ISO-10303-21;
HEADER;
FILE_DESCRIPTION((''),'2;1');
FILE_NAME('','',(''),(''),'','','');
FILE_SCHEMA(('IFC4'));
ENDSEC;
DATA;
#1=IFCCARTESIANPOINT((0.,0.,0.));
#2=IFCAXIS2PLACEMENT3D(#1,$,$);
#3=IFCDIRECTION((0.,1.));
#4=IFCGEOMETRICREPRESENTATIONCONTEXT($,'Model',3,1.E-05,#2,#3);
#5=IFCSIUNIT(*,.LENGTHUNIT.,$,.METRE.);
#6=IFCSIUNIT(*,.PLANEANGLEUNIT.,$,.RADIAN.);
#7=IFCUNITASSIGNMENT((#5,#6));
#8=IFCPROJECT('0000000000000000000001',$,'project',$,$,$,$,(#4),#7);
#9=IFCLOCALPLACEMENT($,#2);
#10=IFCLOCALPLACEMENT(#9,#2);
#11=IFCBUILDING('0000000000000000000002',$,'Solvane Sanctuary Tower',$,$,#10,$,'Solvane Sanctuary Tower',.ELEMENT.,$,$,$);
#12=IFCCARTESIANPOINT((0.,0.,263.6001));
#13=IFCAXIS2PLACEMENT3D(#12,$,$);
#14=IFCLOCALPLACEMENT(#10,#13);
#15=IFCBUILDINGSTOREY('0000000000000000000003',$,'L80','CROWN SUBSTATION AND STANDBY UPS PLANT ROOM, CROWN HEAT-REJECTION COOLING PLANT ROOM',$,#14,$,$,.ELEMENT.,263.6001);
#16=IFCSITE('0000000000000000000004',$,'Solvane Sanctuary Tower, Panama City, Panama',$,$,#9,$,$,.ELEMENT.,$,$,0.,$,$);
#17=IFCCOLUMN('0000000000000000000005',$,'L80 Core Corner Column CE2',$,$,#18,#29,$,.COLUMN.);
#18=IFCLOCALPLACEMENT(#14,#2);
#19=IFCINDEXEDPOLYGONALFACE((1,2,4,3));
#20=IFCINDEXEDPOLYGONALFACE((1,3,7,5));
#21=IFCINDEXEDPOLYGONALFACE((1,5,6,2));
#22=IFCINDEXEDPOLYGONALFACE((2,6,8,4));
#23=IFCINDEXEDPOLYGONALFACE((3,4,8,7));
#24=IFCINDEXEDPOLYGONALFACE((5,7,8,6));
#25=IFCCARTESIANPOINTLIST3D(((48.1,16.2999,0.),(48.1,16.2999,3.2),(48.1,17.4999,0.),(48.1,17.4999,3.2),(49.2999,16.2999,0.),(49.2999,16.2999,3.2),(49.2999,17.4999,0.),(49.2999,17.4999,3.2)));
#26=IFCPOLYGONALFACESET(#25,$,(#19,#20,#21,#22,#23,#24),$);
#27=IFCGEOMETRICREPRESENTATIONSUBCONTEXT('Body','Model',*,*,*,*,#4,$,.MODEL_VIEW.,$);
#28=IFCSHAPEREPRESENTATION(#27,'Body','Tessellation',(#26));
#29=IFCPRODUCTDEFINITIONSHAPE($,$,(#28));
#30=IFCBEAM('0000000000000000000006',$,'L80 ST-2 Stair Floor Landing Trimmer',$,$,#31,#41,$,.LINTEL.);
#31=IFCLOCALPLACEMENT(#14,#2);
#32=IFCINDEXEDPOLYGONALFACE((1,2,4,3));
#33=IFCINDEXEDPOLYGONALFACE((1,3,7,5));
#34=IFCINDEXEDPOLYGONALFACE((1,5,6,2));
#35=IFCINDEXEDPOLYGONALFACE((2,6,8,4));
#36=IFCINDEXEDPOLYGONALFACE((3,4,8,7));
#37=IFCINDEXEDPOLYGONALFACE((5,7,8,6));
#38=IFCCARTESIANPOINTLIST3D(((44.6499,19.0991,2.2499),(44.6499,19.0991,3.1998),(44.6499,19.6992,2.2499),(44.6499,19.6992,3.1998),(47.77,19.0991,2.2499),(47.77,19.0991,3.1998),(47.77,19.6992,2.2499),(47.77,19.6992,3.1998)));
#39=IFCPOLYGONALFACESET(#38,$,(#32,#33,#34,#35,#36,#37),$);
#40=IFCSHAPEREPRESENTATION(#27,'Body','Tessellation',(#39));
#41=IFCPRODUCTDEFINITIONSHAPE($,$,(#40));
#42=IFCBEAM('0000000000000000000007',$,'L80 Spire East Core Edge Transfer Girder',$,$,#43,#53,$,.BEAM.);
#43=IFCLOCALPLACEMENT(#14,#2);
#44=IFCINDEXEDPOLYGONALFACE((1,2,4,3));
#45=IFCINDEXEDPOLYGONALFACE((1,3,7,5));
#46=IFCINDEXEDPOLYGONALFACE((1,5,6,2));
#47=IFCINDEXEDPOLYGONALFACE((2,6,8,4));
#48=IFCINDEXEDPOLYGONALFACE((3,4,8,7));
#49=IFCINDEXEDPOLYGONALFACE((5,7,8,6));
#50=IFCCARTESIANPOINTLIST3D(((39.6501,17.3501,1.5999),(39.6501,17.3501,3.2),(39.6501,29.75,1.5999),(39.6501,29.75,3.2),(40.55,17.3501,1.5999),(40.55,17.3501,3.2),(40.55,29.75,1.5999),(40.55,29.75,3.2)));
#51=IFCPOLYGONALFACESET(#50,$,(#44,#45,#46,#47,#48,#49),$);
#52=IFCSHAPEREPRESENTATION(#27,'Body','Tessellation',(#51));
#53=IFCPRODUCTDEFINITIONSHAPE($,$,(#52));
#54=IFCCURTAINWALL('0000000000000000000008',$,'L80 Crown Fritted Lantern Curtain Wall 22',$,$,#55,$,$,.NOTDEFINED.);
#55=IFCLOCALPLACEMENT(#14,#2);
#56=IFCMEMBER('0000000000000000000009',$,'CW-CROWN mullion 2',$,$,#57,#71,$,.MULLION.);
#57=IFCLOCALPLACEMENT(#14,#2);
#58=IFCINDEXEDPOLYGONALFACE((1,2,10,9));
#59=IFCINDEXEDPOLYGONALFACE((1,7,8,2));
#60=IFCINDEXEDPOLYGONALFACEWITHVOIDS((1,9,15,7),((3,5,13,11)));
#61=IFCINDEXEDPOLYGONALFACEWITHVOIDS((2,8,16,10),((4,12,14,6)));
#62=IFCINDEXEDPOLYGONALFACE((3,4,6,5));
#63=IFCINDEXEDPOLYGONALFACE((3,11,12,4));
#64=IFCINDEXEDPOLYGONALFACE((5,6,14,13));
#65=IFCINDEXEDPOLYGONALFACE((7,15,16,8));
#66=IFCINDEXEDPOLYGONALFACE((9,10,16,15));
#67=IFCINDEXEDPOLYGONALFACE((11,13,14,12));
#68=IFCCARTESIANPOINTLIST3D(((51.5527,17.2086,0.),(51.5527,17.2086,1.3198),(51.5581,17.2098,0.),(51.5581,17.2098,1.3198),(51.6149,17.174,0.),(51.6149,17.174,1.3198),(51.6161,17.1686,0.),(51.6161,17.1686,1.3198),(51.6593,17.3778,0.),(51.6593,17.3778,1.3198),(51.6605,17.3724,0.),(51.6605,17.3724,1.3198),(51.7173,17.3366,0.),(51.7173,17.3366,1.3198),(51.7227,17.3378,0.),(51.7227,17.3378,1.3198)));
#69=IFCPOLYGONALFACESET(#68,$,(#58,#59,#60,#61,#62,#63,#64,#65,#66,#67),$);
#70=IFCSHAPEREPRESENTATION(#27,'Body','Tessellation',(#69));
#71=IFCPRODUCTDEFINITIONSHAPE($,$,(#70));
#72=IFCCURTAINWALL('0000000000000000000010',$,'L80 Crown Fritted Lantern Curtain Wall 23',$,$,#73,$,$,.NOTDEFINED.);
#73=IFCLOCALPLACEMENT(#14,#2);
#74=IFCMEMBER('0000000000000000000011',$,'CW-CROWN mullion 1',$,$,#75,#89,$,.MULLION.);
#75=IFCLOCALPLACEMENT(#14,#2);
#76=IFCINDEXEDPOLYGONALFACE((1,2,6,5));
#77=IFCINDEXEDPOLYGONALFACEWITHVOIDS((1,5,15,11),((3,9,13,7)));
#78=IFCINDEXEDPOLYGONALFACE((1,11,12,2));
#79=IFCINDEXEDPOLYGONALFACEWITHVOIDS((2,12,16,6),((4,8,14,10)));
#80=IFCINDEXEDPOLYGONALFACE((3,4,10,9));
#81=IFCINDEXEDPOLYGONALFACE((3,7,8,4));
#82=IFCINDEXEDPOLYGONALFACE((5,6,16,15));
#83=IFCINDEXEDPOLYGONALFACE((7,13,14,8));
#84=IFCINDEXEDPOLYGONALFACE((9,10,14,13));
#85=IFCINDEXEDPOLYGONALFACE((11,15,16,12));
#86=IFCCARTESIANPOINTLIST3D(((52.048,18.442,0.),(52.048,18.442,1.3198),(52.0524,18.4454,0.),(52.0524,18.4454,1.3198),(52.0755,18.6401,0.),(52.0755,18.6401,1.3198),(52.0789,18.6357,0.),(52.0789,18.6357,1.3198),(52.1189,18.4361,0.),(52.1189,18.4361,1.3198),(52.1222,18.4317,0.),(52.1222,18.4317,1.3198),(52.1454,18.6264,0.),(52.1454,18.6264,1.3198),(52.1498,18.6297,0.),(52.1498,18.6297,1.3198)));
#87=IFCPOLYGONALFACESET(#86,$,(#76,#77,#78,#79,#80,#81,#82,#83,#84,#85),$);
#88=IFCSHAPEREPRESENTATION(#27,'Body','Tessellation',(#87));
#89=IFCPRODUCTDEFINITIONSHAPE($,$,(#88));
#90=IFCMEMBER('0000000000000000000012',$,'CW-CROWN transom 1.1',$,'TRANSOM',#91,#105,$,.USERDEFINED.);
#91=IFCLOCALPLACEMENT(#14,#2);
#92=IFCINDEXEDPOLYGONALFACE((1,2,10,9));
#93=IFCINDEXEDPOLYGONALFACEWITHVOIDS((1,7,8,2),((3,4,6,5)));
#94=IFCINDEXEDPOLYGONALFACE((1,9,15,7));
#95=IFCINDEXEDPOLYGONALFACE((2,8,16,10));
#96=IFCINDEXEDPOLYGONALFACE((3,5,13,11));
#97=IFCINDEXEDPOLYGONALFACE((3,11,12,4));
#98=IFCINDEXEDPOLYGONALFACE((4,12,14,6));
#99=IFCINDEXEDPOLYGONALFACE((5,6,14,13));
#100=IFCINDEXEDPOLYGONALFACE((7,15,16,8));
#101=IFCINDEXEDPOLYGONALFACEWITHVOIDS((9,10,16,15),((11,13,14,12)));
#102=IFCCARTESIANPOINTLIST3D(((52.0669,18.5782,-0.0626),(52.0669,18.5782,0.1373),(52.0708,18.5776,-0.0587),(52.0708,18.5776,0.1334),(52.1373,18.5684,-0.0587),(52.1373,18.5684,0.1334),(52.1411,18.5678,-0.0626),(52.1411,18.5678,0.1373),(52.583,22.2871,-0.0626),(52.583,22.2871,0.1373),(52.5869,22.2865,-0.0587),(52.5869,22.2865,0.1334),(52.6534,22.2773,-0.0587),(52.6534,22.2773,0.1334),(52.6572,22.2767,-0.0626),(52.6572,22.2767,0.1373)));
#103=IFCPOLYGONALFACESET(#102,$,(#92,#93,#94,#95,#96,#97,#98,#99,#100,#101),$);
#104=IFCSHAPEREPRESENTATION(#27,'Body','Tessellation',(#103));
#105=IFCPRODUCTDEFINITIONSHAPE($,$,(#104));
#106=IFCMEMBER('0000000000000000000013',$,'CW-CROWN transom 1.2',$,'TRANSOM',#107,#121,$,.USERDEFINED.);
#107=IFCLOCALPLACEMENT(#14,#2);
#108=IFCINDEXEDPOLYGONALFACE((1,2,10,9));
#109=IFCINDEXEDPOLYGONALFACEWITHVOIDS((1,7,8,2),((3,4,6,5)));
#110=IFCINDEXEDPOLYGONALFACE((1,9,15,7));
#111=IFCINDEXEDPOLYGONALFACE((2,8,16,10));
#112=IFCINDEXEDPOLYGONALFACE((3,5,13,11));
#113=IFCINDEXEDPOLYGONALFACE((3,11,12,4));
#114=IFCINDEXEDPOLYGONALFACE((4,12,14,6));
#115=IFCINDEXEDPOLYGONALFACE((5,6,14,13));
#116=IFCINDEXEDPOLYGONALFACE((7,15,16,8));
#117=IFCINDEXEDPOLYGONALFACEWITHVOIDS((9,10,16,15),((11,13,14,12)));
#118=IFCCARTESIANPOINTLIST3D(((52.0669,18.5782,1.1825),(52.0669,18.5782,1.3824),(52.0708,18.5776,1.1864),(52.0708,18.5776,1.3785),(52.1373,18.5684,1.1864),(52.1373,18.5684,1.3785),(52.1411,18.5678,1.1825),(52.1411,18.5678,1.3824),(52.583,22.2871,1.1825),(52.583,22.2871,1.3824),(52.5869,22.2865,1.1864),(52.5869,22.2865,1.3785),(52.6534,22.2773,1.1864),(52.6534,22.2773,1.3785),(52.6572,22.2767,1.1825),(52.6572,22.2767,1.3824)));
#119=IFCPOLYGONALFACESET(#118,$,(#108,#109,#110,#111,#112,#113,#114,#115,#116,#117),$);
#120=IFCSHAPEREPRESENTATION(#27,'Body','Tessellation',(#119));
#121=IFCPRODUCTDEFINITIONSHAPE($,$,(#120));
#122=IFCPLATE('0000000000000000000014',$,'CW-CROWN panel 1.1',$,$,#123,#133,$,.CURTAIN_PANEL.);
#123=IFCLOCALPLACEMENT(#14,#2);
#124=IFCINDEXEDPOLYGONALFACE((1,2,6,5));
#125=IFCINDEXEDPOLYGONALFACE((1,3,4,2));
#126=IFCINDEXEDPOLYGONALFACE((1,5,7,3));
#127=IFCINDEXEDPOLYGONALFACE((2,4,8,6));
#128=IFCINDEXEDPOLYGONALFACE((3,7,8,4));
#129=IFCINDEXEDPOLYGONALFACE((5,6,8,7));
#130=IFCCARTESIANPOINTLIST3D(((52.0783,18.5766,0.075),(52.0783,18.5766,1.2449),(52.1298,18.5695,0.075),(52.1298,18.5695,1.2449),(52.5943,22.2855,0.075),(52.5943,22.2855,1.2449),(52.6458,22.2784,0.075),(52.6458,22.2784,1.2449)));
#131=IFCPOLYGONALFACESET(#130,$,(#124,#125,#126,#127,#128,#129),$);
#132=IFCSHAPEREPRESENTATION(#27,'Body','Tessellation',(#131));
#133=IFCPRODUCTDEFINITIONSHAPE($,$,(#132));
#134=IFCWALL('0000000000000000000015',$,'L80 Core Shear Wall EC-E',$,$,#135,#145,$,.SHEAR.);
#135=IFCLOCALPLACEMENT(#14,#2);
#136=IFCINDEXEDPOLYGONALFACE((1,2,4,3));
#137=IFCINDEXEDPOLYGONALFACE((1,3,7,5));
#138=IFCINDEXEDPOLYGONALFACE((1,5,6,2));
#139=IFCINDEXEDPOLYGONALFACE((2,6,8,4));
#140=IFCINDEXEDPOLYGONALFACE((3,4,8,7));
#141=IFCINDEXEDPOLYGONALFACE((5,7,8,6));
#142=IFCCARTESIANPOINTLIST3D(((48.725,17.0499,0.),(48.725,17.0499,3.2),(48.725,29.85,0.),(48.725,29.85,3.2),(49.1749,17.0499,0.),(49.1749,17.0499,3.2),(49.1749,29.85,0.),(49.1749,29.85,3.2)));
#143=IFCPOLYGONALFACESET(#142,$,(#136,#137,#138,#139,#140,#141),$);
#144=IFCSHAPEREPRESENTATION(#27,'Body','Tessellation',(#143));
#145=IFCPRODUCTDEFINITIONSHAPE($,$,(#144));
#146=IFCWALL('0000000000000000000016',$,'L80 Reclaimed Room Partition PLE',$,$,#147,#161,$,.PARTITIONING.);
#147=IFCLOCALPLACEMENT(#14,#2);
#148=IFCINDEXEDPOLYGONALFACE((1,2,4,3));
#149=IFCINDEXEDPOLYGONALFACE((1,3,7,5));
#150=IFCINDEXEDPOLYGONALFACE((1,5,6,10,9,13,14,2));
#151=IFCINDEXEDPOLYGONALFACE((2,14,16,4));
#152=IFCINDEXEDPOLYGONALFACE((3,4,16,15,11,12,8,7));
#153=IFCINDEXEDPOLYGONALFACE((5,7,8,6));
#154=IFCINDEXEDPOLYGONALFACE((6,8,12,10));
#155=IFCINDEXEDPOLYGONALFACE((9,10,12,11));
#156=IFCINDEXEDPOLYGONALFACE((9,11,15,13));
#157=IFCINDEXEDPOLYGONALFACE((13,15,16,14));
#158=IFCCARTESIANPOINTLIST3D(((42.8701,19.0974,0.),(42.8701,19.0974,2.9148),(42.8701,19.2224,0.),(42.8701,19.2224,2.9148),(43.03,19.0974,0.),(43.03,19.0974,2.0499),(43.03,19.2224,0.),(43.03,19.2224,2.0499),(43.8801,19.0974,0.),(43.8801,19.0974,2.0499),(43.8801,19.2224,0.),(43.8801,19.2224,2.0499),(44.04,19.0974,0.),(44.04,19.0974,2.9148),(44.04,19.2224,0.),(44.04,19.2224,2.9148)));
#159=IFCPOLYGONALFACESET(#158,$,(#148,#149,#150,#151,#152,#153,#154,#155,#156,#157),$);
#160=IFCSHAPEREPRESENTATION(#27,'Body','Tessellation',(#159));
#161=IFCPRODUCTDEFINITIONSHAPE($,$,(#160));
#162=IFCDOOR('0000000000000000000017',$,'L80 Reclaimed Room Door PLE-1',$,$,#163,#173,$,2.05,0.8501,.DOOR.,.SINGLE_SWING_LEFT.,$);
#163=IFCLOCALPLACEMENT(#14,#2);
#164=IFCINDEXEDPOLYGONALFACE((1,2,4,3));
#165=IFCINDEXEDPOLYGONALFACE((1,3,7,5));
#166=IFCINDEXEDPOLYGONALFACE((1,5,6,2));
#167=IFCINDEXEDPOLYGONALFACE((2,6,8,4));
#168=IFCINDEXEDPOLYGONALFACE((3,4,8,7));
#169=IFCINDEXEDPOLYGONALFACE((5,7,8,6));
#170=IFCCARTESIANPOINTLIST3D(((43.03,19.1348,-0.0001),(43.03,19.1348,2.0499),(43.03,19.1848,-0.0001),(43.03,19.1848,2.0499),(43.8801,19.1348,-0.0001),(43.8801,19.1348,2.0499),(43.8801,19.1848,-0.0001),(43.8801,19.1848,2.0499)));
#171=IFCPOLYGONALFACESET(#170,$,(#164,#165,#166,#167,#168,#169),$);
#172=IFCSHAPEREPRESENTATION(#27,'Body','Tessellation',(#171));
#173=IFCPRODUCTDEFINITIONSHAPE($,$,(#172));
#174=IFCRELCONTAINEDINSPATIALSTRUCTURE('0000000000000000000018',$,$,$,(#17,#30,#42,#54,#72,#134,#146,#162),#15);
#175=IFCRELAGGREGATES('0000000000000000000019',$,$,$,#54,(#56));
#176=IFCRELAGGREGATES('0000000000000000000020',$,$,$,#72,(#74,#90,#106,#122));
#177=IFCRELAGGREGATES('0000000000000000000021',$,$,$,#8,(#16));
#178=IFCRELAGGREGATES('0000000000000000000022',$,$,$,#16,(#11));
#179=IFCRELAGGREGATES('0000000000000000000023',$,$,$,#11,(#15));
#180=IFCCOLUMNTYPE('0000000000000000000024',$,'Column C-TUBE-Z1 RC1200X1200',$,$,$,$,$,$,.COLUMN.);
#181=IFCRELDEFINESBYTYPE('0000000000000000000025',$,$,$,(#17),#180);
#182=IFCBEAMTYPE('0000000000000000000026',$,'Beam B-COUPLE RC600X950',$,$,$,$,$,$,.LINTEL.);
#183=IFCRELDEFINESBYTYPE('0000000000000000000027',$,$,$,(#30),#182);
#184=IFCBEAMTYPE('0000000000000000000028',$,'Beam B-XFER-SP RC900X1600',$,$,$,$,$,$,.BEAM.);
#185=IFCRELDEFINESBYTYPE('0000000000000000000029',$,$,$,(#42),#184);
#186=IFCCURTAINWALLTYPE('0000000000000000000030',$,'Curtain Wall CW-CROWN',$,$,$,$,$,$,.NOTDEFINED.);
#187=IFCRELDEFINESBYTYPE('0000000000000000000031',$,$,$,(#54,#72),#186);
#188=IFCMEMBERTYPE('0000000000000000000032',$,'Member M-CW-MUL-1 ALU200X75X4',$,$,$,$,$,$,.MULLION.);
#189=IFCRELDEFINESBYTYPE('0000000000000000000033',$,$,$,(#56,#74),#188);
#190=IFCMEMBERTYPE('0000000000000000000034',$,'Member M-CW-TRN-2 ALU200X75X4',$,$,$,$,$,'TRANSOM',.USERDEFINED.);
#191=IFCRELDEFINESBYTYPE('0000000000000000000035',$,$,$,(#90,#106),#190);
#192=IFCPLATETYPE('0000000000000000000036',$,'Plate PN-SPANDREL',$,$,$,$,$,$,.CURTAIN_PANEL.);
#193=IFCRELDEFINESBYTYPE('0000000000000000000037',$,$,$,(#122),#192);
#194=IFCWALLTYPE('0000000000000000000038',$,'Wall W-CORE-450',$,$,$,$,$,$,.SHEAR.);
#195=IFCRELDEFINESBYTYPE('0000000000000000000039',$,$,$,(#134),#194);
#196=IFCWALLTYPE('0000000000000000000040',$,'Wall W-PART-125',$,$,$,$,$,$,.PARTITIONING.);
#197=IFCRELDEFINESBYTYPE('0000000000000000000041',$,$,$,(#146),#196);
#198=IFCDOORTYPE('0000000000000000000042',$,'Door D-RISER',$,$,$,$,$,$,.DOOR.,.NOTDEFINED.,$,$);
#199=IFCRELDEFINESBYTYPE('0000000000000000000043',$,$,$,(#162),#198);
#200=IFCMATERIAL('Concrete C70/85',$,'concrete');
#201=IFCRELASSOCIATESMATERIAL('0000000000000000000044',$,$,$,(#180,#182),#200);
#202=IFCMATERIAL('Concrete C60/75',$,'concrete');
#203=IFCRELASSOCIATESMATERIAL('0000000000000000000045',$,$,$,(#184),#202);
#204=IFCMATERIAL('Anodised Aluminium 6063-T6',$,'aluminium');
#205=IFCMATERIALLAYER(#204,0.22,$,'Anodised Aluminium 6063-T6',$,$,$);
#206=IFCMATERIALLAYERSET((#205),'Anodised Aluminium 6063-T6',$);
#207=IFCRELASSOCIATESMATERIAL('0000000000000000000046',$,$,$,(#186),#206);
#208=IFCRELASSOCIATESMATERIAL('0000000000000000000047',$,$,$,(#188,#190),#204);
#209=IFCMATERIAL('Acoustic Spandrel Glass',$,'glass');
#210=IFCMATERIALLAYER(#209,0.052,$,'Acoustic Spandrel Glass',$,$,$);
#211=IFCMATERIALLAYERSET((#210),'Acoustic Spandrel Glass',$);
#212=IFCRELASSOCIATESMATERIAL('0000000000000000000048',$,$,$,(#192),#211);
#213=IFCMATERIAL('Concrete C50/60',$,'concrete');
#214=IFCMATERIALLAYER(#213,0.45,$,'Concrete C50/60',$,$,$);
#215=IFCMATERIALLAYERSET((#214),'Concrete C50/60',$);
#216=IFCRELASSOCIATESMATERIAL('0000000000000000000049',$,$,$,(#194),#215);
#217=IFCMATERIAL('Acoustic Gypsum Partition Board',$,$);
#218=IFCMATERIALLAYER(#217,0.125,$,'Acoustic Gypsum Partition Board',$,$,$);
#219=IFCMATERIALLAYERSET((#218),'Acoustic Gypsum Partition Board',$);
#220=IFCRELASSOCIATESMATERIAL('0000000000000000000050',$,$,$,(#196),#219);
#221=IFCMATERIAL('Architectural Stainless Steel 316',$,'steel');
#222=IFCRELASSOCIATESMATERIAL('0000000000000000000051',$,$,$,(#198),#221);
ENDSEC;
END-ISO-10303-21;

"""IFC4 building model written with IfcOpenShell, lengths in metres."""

from ifc_helpers import new_model, si_unit, direction, frame, frame_2d, origin, origin_2d, place, context, subcontext, project, spatial, rectangle, hollow_rectangle, extrude, material, layer, layer_set, material_profile, profile_set, type_object, element, fill, aggregate, save


model = new_model("IFC4")

# Units and contexts
model_context = context("Model", 3, precision=1e-05, world=origin(), true_north=direction((0.0, 1.0)))
body_context = subcontext(model_context, "Body", "Model", "MODEL_VIEW")
ifc_project = project(units=[si_unit("LENGTHUNIT", "METRE"), si_unit("PLANEANGLEUNIT", "RADIAN")], contexts=[model_context])

# Site, building, storey
site_placement = place(None, origin())
site = spatial("IfcSite", under=ifc_project, at=site_placement, Name="Solvane Sanctuary Tower, Panama City, Panama", CompositionType="ELEMENT", RefElevation=0.0)
building_placement = place(site_placement, origin())
building = spatial("IfcBuilding", under=site, at=building_placement, Name="Solvane Sanctuary Tower", LongName="Solvane Sanctuary Tower", CompositionType="ELEMENT")
storey_placement = place(building_placement, frame((0.0, 0.0, 263.6001)))
storey = spatial("IfcBuildingStorey", under=building, at=storey_placement, Name="L80", Description="CROWN SUBSTATION AND STANDBY UPS PLANT ROOM, CROWN HEAT-REJECTION COOLING PLANT ROOM", CompositionType="ELEMENT", Elevation=263.6001)

# Column
ifc_material_1 = material(Name="Concrete C70/85", Category="concrete")
ifc_material_profile_1 = material_profile(ifc_material_1, rectangle(XDim=1.2, YDim=1.2, at=origin_2d()), Name="RC1200X1200")
ifc_profile_set_1 = profile_set([ifc_material_profile_1], Name="Concrete C70/85")
column_type = type_object("IfcColumnType", Name="Column C-TUBE-Z1 RC1200X1200", PredefinedType="COLUMN", material=ifc_profile_set_1)
column_placement = place(storey_placement, frame((48.7, 16.8999, 0.0), z_axis=(0.0, 0.0, 1.0), x_axis=(1.0, 0.0, 0.0)))
element("IfcColumn", 1, at=column_placement, inside=storey, type_object=column_type, Name="L80 Core Corner Column CE2", PredefinedType="COLUMN", context=body_context, shape_type="SweptSolid", body=[
    extrude(rectangle(XDim=1.2, YDim=1.2, at=origin_2d()), origin(), (0.0, 0.0, 1.0), 3.2),
])

# Beams
ifc_material_profile_2 = material_profile(ifc_material_1, rectangle(XDim=0.6001, YDim=0.95, at=origin_2d()), Name="RC600X950")
ifc_profile_set_2 = profile_set([ifc_material_profile_2], Name="Concrete C70/85")
beam_type_1 = type_object("IfcBeamType", Name="Beam B-COUPLE RC600X950", PredefinedType="LINTEL", material=ifc_profile_set_2)
beam_1_placement = place(storey_placement, frame((44.6499, 19.3992, 2.7249), z_axis=(1.0, 0.0, 0.0), x_axis=(0.0, 1.0, 0.0)))
element("IfcBeam", 2, at=beam_1_placement, inside=storey, type_object=beam_type_1, Name="L80 ST-2 Stair Floor Landing Trimmer", PredefinedType="LINTEL", context=body_context, shape_type="SweptSolid", body=[
    extrude(rectangle(XDim=0.6001, YDim=0.95, at=origin_2d()), origin(), (0.0, 0.0, 1.0), 3.1201),
])
ifc_material_2 = material(Name="Concrete C60/75", Category="concrete")
ifc_material_profile_3 = material_profile(ifc_material_2, rectangle(XDim=0.8999, YDim=1.6001, at=origin_2d()), Name="RC900X1600")
ifc_profile_set_3 = profile_set([ifc_material_profile_3], Name="Concrete C60/75")
beam_type_2 = type_object("IfcBeamType", Name="Beam B-XFER-SP RC900X1600", PredefinedType="BEAM", material=ifc_profile_set_3)
beam_2_placement = place(storey_placement, frame((40.1001, 17.3501, 2.3999), z_axis=(0.0, 1.0, 0.0), x_axis=(-1.0, 0.0, 0.0)))
element("IfcBeam", 3, at=beam_2_placement, inside=storey, type_object=beam_type_2, Name="L80 Spire East Core Edge Transfer Girder", PredefinedType="BEAM", context=body_context, shape_type="SweptSolid", body=[
    extrude(rectangle(XDim=0.8999, YDim=1.6001, at=origin_2d()), origin(), (0.0, 0.0, 1.0), 12.3999),
])

# Curtain wall, member
ifc_material_3 = material(Name="Anodised Aluminium 6063-T6", Category="aluminium")
ifc_layer_1 = layer(ifc_material_3, 0.22, Name="Anodised Aluminium 6063-T6")
ifc_layer_set_1 = layer_set([ifc_layer_1], Name="Anodised Aluminium 6063-T6")
curtain_wall_type = type_object("IfcCurtainWallType", Name="Curtain Wall CW-CROWN", PredefinedType="NOTDEFINED", material=ifc_layer_set_1)
curtain_wall_1_placement = place(storey_placement, origin())
curtain_wall_1 = element("IfcCurtainWall", 4, at=curtain_wall_1_placement, inside=storey, type_object=curtain_wall_type, Name="L80 Crown Fritted Lantern Curtain Wall 22", PredefinedType="NOTDEFINED")
ifc_material_profile_4 = material_profile(ifc_material_3, hollow_rectangle(XDim=0.075, YDim=0.2, WallThickness=0.0039, at=origin_2d()), Name="ALU200X75X4")
ifc_profile_set_4 = profile_set([ifc_material_profile_4], Name="Anodised Aluminium 6063-T6")
member_type_1 = type_object("IfcMemberType", Name="Member M-CW-MUL-1 ALU200X75X4", PredefinedType="MULLION", material=ifc_profile_set_4)
member_1_placement = place(storey_placement, frame((51.6377, 17.2732, 0.0), z_axis=(0.0, 0.0, 1.0), x_axis=(-0.846087, 0.533045, 0.0)))
member_1 = element("IfcMember", 5, at=member_1_placement, type_object=member_type_1, Name="CW-CROWN mullion 2", PredefinedType="MULLION", context=body_context, shape_type="SweptSolid", body=[
    extrude(hollow_rectangle(XDim=0.075, YDim=0.2, WallThickness=0.0039, at=origin_2d()), origin(), (0.0, 0.0, 1.0), 1.3198),
])
aggregate(curtain_wall_1, [member_1])

# Curtain wall, members, plate
curtain_wall_2_placement = place(storey_placement, origin())
curtain_wall_2 = element("IfcCurtainWall", 6, at=curtain_wall_2_placement, inside=storey, type_object=curtain_wall_type, Name="L80 Crown Fritted Lantern Curtain Wall 23", PredefinedType="NOTDEFINED")
member_2_placement = place(storey_placement, frame((52.0989, 18.5359, 0.0), z_axis=(0.0, 0.0, 1.0), x_axis=(-0.990459, 0.137808, 0.0)))
member_2 = element("IfcMember", 7, at=member_2_placement, type_object=member_type_1, Name="CW-CROWN mullion 1", PredefinedType="MULLION", context=body_context, shape_type="SweptSolid", body=[
    extrude(hollow_rectangle(XDim=0.075, YDim=0.2, WallThickness=0.0039, at=origin_2d()), origin(), (0.0, 0.0, 1.0), 1.3198),
])
ifc_material_profile_5 = material_profile(ifc_material_3, hollow_rectangle(XDim=0.075, YDim=0.2, WallThickness=0.0039, at=origin_2d()), Name="ALU200X75X4")
ifc_profile_set_5 = profile_set([ifc_material_profile_5], Name="Anodised Aluminium 6063-T6")
member_type_2 = type_object("IfcMemberType", Name="Member M-CW-TRN-2 ALU200X75X4", ElementType="TRANSOM", PredefinedType="USERDEFINED", material=ifc_profile_set_5)
member_3_placement = place(storey_placement, frame((52.104, 18.573, 0.0374), z_axis=(0.137824, 0.990457, 0.0), x_axis=(-0.990457, 0.137824, 0.0)))
member_3 = element("IfcMember", 8, at=member_3_placement, type_object=member_type_2, Name="CW-CROWN transom 1.1", ObjectType="TRANSOM", PredefinedType="USERDEFINED", context=body_context, shape_type="SweptSolid", body=[
    extrude(hollow_rectangle(XDim=0.075, YDim=0.2, WallThickness=0.0039, at=origin_2d()), origin(), (0.0, 0.0, 1.0), 3.7446),
])
member_4_placement = place(storey_placement, frame((52.104, 18.573, 1.2825), z_axis=(0.137824, 0.990457, 0.0), x_axis=(-0.990457, 0.137824, 0.0)))
member_4 = element("IfcMember", 9, at=member_4_placement, type_object=member_type_2, Name="CW-CROWN transom 1.2", ObjectType="TRANSOM", PredefinedType="USERDEFINED", context=body_context, shape_type="SweptSolid", body=[
    extrude(hollow_rectangle(XDim=0.075, YDim=0.2, WallThickness=0.0039, at=origin_2d()), origin(), (0.0, 0.0, 1.0), 3.7446),
])
ifc_material_4 = material(Name="Acoustic Spandrel Glass", Category="glass")
ifc_layer_2 = layer(ifc_material_4, 0.052, Name="Acoustic Spandrel Glass")
ifc_layer_set_2 = layer_set([ifc_layer_2], Name="Acoustic Spandrel Glass")
plate_type = type_object("IfcPlateType", Name="Plate PN-SPANDREL", PredefinedType="CURTAIN_PANEL", material=ifc_layer_set_2)
plate_placement = place(storey_placement, frame((52.3621, 20.4275, 0.075), z_axis=(0.0, 0.0, 1.0), x_axis=(0.137808, 0.990459, 0.0)))
plate = element("IfcPlate", 10, at=plate_placement, type_object=plate_type, Name="CW-CROWN panel 1.1", PredefinedType="CURTAIN_PANEL", context=body_context, shape_type="SweptSolid", body=[
    extrude(rectangle(XDim=3.7446, YDim=0.052, at=origin_2d()), origin(), (0.0, 0.0, 1.0), 1.1699),
])
aggregate(curtain_wall_2, [member_2, member_3, member_4, plate])

# Wall
ifc_material_5 = material(Name="Concrete C50/60", Category="concrete")
ifc_layer_3 = layer(ifc_material_5, 0.45, Name="Concrete C50/60")
ifc_layer_set_3 = layer_set([ifc_layer_3], Name="Concrete C50/60")
wall_type_1 = type_object("IfcWallType", Name="Wall W-CORE-450", PredefinedType="SHEAR", material=ifc_layer_set_3)
wall_1_placement = place(storey_placement, frame((48.95, 17.05, 0.0), z_axis=(0.0, 0.0, 1.0), x_axis=(0.0, 1.0, 0.0)))
element("IfcWall", 11, at=wall_1_placement, inside=storey, type_object=wall_type_1, Name="L80 Core Shear Wall EC-E", PredefinedType="SHEAR", context=body_context, shape_type="SweptSolid", body=[
    extrude(rectangle(XDim=12.8, YDim=0.45, at=frame_2d((6.3999, 0.0))), origin(), (0.0, 0.0, 1.0), 3.2),
])

# Wall, opening, door
ifc_material_6 = material(Name="Acoustic Gypsum Partition Board")
ifc_layer_4 = layer(ifc_material_6, 0.125, Name="Acoustic Gypsum Partition Board")
ifc_layer_set_4 = layer_set([ifc_layer_4], Name="Acoustic Gypsum Partition Board")
wall_type_2 = type_object("IfcWallType", Name="Wall W-PART-125", PredefinedType="PARTITIONING", material=ifc_layer_set_4)
wall_2_placement = place(storey_placement, frame((42.8701, 19.1599, 0.0), z_axis=(0.0, 0.0, 1.0), x_axis=(1.0, 0.0, 0.0)))
wall_2 = element("IfcWall", 12, at=wall_2_placement, inside=storey, type_object=wall_type_2, Name="L80 Reclaimed Room Partition PLE", PredefinedType="PARTITIONING", context=body_context, shape_type="SweptSolid", body=[
    extrude(rectangle(XDim=1.1699, YDim=0.125, at=frame_2d((0.585, 0.0))), origin(), (0.0, 0.0, 1.0), 2.9148),
])
opening_1_placement = place(wall_2_placement, frame((0.1599, 0.0, 0.0)))
opening_1 = element("IfcOpeningElement", 13, at=opening_1_placement, cuts=wall_2, PredefinedType="OPENING", context=body_context, shape_type="SweptSolid", body=[
    extrude(rectangle(XDim=0.8501, YDim=2.05, at=frame_2d((0.425, 1.0249))), frame((0.0, 0.0725, 0.0), z_axis=(0.0, -1.0, 0.0), x_axis=(1.0, 0.0, 0.0)), (0.0, 0.0, 1.0), 0.145),
])
ifc_material_7 = material(Name="Architectural Stainless Steel 316", Category="steel")
door_type_1 = type_object("IfcDoorType", Name="Door D-RISER", OperationType="NOTDEFINED", PredefinedType="DOOR", material=ifc_material_7)
door_1_placement = place(opening_1_placement, origin())
door_1 = element("IfcDoor", 14, at=door_1_placement, inside=storey, type_object=door_type_1, Name="L80 Reclaimed Room Door PLE-1", OperationType="SINGLE_SWING_LEFT", OverallHeight=2.05, OverallWidth=0.8501, PredefinedType="DOOR", context=body_context, shape_type="SweptSolid", body=[
    extrude(rectangle(XDim=0.8501, YDim=2.05, at=frame_2d((0.425, 1.0249))), frame((0.0, 0.0249, 0.0), z_axis=(0.0, -1.0, 0.0), x_axis=(1.0, 0.0, 0.0)), (0.0, 0.0, 1.0), 0.05),
])
fill(opening_1, door_1)

save(model, "model.ifc")
